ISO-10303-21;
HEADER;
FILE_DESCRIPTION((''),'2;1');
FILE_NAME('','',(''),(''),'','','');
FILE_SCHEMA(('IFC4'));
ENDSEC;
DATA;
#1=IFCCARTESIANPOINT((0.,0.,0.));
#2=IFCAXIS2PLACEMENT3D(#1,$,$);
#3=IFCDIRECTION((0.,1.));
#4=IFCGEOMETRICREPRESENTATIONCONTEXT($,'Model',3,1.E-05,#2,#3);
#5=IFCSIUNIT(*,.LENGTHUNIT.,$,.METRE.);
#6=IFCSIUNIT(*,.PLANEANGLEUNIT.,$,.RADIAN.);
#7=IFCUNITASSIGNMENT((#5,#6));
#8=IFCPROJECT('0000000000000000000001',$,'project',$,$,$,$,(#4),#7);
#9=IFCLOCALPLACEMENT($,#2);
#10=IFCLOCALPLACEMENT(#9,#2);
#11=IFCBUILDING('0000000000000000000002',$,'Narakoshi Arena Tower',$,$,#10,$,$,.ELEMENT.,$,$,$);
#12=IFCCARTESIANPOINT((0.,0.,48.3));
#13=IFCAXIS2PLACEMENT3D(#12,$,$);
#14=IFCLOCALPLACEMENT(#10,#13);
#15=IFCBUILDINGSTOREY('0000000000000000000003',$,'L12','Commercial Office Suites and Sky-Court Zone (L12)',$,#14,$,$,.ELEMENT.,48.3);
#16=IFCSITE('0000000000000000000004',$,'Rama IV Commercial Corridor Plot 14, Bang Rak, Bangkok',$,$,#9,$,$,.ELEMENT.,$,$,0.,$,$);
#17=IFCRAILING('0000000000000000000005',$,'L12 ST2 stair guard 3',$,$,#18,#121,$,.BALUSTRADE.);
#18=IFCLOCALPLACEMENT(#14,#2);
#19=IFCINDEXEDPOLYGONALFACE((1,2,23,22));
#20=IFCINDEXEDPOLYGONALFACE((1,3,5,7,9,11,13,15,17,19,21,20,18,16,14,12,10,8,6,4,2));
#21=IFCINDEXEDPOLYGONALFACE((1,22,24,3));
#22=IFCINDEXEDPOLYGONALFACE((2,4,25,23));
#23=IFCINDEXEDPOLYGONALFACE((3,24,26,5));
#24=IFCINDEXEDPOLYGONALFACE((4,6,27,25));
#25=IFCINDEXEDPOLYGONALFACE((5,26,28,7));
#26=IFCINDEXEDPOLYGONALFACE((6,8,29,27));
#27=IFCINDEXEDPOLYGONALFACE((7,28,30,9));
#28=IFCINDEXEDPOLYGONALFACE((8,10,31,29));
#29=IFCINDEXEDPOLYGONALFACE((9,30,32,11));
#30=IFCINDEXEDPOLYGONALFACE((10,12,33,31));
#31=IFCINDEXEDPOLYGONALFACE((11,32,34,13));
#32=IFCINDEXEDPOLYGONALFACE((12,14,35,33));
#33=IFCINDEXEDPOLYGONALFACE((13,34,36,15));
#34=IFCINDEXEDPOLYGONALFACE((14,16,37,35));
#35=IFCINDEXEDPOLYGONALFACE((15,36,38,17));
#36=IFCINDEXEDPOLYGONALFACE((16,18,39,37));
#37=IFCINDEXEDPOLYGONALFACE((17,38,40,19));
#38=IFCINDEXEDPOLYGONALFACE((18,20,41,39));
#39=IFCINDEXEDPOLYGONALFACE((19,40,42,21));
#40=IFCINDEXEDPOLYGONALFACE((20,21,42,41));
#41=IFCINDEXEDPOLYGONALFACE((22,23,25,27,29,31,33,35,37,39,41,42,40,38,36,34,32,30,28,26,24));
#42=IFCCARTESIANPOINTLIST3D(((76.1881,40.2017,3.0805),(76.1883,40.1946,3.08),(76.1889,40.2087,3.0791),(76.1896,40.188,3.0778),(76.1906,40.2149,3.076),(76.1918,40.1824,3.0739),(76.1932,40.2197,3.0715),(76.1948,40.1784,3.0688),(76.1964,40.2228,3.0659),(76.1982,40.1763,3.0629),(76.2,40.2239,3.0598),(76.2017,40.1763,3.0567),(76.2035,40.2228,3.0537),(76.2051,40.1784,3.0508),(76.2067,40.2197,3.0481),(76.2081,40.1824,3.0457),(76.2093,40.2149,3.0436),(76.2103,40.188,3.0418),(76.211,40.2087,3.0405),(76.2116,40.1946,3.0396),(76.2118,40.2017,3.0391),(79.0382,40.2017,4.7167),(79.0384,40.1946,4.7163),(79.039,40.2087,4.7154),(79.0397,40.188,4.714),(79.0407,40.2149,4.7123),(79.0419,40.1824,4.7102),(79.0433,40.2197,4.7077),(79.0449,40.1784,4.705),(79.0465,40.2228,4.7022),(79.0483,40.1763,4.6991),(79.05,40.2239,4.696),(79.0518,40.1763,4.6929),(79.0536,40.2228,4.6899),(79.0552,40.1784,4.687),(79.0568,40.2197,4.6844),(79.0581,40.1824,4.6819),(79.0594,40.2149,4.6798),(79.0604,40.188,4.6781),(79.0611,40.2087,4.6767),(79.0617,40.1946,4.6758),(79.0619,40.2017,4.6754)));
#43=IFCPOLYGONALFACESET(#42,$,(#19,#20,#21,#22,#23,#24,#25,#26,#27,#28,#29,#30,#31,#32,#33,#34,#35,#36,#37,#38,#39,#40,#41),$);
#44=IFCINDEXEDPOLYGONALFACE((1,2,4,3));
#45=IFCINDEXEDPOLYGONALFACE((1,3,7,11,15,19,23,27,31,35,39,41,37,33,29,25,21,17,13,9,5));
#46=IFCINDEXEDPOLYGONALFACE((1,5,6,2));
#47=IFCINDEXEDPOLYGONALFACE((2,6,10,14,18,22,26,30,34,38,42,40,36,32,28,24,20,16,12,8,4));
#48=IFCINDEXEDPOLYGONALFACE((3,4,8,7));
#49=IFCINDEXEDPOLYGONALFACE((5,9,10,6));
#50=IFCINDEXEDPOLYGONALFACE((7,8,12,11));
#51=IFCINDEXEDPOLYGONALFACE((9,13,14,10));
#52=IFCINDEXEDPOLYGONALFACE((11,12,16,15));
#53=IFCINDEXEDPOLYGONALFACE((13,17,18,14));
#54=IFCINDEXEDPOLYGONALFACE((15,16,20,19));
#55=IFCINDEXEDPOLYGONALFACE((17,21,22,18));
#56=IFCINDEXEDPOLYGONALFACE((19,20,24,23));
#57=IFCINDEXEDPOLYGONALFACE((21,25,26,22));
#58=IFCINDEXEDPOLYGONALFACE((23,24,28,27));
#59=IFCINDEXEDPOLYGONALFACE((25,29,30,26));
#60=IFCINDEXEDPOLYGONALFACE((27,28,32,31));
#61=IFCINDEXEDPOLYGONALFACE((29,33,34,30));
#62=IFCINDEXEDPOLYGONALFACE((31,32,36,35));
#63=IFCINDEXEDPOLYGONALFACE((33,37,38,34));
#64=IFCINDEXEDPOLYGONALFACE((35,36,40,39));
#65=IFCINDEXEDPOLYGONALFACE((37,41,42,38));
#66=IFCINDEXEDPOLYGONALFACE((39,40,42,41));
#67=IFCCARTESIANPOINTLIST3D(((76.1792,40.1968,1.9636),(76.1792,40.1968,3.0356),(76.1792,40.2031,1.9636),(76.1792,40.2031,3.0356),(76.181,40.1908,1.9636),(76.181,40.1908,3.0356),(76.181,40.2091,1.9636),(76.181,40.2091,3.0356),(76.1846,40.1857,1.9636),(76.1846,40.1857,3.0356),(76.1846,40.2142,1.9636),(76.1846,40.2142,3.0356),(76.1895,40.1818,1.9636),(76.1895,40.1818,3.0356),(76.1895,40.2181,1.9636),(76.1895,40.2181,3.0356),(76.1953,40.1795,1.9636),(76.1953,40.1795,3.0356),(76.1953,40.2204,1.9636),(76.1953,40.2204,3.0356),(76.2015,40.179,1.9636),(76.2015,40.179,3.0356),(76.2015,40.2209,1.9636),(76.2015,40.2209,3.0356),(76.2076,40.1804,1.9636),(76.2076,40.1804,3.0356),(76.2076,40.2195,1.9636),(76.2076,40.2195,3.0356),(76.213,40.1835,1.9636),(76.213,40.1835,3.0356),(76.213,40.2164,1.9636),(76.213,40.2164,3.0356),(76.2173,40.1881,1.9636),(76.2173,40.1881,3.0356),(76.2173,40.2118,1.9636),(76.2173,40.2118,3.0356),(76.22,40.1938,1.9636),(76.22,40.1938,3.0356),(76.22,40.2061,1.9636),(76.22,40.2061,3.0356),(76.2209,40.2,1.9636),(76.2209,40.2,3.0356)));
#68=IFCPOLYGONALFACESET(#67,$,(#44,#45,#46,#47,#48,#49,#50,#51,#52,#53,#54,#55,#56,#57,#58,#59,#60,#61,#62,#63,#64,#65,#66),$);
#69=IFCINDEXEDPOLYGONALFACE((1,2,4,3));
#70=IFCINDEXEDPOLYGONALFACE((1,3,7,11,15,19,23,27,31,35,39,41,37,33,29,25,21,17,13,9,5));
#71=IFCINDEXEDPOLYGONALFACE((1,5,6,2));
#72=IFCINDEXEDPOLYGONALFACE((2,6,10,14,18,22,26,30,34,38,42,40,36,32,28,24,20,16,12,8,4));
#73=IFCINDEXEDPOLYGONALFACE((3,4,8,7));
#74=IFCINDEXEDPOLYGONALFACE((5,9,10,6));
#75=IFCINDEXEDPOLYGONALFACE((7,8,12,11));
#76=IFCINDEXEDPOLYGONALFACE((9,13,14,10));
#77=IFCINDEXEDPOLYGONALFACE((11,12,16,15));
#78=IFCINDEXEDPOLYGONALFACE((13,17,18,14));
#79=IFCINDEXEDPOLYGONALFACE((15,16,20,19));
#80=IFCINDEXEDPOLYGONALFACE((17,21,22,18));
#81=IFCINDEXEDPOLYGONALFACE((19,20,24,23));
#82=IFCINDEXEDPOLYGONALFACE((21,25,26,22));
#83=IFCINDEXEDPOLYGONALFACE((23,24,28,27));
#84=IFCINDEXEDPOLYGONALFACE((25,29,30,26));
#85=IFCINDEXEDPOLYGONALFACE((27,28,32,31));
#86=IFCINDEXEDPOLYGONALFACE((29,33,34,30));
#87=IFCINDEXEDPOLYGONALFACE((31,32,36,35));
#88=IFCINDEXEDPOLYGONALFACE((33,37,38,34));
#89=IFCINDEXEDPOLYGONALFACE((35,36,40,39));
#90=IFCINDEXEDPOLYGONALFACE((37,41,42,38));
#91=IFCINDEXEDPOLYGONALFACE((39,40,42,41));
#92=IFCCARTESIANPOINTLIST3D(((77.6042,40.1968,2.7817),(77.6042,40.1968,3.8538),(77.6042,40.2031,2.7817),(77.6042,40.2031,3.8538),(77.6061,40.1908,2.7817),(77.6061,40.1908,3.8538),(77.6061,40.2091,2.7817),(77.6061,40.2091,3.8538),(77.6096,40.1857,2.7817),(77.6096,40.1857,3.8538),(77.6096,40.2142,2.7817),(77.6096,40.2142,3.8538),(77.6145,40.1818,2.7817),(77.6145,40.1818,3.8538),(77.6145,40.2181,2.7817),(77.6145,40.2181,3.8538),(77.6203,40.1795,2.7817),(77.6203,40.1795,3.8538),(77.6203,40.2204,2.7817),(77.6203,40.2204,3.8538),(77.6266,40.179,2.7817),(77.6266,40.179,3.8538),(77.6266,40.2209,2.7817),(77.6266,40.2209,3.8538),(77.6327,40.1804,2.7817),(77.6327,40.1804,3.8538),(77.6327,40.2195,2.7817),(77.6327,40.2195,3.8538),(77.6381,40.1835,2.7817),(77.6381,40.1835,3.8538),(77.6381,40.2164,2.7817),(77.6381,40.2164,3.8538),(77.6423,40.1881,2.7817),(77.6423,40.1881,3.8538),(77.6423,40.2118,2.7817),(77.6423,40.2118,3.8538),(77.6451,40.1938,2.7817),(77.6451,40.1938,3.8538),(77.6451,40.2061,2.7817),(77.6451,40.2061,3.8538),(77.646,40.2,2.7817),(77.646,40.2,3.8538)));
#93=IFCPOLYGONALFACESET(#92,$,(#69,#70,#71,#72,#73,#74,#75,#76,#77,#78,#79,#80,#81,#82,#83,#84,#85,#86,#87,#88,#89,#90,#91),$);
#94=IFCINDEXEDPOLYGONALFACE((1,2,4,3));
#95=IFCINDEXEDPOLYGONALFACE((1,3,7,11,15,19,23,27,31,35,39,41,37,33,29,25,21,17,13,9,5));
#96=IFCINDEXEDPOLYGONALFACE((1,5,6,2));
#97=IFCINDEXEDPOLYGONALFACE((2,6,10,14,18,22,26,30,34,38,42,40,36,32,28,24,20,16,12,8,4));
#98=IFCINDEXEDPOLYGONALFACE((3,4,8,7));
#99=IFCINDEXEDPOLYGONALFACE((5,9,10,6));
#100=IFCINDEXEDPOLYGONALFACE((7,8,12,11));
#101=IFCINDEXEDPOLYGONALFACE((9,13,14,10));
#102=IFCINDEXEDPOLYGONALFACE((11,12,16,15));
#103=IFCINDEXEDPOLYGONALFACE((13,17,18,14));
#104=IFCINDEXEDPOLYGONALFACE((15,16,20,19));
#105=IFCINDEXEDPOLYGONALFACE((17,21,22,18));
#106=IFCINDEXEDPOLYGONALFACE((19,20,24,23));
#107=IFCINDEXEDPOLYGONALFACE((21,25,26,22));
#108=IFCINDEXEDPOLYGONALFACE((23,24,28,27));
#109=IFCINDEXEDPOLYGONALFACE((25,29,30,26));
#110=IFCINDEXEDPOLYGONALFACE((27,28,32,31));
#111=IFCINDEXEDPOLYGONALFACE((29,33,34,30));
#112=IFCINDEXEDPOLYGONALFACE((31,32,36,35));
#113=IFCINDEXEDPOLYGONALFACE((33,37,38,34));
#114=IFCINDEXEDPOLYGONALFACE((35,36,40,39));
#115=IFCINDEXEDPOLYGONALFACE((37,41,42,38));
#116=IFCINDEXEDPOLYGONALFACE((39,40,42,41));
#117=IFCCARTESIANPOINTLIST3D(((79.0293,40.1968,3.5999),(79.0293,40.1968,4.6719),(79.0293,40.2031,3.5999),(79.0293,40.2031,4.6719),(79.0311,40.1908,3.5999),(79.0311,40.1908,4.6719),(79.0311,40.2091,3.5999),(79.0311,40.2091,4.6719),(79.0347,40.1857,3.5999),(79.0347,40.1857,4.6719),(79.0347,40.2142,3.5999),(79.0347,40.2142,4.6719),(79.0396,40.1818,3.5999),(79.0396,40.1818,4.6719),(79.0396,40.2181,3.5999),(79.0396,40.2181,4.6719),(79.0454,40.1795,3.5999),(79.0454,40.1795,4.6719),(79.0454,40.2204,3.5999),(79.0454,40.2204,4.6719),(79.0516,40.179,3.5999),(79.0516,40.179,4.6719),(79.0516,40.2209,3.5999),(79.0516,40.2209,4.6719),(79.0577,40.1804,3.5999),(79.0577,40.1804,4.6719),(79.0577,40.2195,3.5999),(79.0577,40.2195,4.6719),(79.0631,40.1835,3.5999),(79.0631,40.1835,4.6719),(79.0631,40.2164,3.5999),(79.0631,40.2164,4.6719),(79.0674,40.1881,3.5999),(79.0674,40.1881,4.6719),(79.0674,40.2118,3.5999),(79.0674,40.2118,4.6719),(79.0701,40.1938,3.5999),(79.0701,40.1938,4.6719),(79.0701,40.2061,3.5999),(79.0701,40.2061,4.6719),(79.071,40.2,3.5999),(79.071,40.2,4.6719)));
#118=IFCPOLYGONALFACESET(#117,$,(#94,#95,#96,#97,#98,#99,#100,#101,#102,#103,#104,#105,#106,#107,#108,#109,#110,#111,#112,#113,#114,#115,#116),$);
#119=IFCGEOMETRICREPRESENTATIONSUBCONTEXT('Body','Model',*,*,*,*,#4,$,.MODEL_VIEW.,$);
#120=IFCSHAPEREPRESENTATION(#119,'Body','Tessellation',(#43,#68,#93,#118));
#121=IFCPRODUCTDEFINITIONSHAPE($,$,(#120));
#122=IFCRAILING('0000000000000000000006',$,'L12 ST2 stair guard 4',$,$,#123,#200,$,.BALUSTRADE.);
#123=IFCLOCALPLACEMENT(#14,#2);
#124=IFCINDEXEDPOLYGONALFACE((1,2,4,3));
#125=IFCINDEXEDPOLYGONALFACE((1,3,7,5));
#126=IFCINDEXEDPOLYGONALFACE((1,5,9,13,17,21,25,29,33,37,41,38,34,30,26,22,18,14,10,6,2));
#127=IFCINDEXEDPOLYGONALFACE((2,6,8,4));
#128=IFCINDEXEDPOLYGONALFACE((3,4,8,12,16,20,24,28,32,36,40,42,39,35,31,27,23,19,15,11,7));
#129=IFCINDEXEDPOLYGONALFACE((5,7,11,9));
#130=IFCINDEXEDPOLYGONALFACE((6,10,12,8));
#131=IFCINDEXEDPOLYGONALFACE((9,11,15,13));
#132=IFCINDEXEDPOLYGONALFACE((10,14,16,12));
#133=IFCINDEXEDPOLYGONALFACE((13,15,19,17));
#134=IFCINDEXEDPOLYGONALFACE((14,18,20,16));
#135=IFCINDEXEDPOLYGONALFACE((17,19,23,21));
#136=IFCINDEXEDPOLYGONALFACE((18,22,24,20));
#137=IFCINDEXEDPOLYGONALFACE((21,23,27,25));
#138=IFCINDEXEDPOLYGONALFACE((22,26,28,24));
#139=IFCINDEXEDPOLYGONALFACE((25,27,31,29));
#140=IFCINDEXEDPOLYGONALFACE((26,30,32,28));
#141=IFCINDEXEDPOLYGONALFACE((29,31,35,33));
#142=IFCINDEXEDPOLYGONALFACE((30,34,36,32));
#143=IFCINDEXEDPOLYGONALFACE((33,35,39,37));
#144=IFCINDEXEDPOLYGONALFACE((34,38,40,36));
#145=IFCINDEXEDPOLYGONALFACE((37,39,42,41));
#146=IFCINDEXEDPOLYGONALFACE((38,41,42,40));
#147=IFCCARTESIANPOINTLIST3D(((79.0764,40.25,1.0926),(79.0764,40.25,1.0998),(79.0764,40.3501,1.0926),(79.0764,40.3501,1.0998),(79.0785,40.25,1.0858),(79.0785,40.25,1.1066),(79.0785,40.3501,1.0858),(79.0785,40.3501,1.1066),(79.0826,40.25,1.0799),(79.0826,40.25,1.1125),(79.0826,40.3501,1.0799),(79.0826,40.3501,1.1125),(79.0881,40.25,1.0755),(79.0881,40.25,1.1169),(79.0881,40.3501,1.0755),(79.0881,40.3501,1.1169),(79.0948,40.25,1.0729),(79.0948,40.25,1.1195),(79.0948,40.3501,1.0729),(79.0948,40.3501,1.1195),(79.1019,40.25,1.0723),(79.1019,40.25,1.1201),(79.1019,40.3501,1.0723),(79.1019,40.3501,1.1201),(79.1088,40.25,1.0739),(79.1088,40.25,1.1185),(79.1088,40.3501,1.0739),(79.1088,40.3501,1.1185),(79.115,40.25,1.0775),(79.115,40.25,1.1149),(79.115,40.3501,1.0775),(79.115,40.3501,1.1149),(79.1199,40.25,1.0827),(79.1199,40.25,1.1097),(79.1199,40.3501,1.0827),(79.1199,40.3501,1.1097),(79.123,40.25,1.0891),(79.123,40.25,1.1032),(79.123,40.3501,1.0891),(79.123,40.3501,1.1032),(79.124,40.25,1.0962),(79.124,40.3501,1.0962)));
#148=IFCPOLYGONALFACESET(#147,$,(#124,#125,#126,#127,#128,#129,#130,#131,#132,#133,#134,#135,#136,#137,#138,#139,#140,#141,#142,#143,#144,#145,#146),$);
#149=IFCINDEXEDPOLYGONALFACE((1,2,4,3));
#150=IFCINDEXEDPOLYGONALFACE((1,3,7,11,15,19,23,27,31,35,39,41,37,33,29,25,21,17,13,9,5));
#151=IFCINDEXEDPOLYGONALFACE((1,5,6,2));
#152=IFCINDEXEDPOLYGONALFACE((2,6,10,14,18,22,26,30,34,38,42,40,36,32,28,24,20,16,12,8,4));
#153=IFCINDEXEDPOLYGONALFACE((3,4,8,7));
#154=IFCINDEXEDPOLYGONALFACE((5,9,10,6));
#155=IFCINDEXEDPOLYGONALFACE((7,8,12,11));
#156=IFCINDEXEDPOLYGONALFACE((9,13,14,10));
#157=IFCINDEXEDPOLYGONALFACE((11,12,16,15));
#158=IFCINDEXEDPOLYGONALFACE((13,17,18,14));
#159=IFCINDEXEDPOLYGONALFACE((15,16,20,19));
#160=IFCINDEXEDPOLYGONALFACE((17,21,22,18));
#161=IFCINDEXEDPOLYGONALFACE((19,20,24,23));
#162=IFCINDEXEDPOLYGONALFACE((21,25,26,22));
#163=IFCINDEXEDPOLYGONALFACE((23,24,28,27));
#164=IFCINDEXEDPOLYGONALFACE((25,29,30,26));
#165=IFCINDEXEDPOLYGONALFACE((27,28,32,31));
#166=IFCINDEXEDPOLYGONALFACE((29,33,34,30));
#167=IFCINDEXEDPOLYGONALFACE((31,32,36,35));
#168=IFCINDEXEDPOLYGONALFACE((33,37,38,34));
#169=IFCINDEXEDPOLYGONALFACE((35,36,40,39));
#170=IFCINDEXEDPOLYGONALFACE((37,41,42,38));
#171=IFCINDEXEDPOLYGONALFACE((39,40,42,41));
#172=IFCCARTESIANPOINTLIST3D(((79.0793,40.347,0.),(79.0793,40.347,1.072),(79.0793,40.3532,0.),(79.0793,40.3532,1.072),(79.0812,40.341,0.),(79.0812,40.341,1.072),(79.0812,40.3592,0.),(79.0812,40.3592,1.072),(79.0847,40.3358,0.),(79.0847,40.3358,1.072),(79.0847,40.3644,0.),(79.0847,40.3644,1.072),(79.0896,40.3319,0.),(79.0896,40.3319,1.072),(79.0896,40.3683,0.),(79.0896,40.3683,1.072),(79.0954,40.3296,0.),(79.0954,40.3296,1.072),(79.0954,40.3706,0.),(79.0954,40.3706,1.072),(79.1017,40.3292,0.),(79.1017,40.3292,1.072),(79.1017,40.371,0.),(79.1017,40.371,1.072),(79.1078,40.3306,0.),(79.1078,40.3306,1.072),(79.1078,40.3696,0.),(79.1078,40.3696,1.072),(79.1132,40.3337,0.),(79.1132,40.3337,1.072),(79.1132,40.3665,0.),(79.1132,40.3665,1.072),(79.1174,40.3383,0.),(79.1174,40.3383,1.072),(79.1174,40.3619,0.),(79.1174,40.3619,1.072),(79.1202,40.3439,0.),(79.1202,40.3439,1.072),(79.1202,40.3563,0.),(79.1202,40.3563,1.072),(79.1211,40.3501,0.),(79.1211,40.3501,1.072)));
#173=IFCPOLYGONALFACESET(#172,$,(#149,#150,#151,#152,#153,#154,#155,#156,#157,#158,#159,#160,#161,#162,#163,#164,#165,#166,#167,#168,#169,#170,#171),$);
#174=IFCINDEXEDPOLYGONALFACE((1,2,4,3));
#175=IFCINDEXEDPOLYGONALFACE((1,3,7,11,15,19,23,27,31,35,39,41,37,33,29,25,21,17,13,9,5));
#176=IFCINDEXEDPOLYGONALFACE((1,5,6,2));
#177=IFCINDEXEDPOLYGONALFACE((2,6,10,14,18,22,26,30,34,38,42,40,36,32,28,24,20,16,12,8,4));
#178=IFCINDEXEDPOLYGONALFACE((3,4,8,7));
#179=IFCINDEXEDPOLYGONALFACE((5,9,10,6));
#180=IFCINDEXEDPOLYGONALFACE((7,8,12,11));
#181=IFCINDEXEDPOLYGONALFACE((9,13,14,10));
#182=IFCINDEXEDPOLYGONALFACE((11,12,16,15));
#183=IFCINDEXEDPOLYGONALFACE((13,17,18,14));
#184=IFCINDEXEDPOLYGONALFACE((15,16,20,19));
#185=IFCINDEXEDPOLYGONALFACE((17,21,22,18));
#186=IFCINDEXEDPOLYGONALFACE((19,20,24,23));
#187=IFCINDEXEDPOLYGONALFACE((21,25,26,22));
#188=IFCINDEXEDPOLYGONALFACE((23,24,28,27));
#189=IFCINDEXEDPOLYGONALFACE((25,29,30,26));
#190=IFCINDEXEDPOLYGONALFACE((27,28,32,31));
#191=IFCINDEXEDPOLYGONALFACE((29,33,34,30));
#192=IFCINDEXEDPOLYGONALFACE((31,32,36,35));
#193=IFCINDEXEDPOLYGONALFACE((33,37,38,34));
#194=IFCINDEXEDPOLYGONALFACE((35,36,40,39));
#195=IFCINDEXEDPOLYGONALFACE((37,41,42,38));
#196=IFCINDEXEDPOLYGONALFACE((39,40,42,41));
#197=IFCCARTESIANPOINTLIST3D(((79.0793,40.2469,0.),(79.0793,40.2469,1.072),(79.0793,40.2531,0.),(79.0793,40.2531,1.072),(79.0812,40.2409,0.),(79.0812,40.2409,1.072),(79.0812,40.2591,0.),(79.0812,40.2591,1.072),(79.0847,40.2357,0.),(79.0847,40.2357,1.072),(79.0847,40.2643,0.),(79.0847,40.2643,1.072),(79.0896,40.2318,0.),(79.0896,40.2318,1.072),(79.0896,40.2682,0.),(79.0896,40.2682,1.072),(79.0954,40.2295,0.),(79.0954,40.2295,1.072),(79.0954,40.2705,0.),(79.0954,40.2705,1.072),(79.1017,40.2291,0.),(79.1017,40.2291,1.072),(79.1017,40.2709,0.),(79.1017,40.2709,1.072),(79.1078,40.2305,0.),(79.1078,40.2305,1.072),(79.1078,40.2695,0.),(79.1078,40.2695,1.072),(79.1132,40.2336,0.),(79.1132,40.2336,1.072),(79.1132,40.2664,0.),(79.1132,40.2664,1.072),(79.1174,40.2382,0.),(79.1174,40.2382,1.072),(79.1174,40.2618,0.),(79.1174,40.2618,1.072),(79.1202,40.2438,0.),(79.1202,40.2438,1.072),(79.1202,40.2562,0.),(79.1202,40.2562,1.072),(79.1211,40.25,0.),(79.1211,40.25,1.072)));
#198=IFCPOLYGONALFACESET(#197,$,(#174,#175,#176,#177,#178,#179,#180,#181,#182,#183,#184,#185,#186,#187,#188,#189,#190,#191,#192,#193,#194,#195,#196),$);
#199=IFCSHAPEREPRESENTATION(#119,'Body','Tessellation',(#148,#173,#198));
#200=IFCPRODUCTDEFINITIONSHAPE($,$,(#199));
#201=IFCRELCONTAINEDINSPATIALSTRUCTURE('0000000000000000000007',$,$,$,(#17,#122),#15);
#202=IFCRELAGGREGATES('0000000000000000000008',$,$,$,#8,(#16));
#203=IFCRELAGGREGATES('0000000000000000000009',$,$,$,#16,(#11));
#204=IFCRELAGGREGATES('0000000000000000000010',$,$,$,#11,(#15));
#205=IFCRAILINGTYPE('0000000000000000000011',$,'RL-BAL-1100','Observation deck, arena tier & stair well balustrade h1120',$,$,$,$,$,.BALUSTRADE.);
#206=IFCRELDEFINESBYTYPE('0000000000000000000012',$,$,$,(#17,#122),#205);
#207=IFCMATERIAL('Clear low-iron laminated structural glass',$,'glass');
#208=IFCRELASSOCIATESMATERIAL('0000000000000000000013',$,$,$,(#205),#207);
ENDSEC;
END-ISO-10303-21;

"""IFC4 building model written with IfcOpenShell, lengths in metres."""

from ifc_helpers import new_model, si_unit, direction, frame, origin, origin_2d, place, context, subcontext, project, spatial, circle, extrude, material, type_object, element, save


model = new_model("IFC4")

# Units and contexts
model_context = context("Model", 3, precision=1e-05, world=origin(), true_north=direction((0.0, 1.0)))
body_context = subcontext(model_context, "Body", "Model", "MODEL_VIEW")
ifc_project = project(units=[si_unit("LENGTHUNIT", "METRE"), si_unit("PLANEANGLEUNIT", "RADIAN")], contexts=[model_context])

# Site, building, storey
site_placement = place(None, origin())
site = spatial("IfcSite", under=ifc_project, at=site_placement, Name="Rama IV Commercial Corridor Plot 14, Bang Rak, Bangkok", CompositionType="ELEMENT", RefElevation=0.0)
building_placement = place(site_placement, origin())
building = spatial("IfcBuilding", under=site, at=building_placement, Name="Narakoshi Arena Tower", CompositionType="ELEMENT")
storey_placement = place(building_placement, frame((0.0, 0.0, 48.3)))
storey = spatial("IfcBuildingStorey", under=building, at=storey_placement, Name="L12", Description="Commercial Office Suites and Sky-Court Zone (L12)", CompositionType="ELEMENT", Elevation=48.3)

# Railings
ifc_material_1 = material(Name="Clear low-iron laminated structural glass", Category="glass")
railing_type_1 = type_object("IfcRailingType", Name="RL-BAL-1100", Description="Observation deck, arena tier & stair well balustrade h1120", PredefinedType="BALUSTRADE", material=ifc_material_1)
railing_1_placement = place(storey_placement, frame((76.2, 40.2, 1.9636)))
element("IfcRailing", 1, at=railing_1_placement, inside=storey, type_object=railing_type_1, Name="L12 ST2 stair guard 3", PredefinedType="BALUSTRADE", context=body_context, shape_type="SweptSolid", body=[
    extrude(circle(Radius=0.0239, at=origin_2d()), frame((0.0, 0.0, 1.0962), z_axis=(0.867245, 0.0, 0.497882), x_axis=(0.0, 1.0, 0.0)), (0.0, 0.0, 1.0), 3.2864),
    extrude(circle(Radius=0.021, at=origin_2d()), origin(), (0.0, 0.0, 1.0), 1.072),
    extrude(circle(Radius=0.021, at=origin_2d()), frame((1.425, 0.0, 0.8181)), (0.0, 0.0, 1.0), 1.072),
    extrude(circle(Radius=0.021, at=origin_2d()), frame((2.8501, 0.0, 1.6362)), (0.0, 0.0, 1.0), 1.072),
])
railing_2_placement = place(storey_placement, frame((79.1001, 40.3501, 0.0)))
element("IfcRailing", 2, at=railing_2_placement, inside=storey, type_object=railing_type_1, Name="L12 ST2 stair guard 4", PredefinedType="BALUSTRADE", context=body_context, shape_type="SweptSolid", body=[
    extrude(circle(Radius=0.0239, at=origin_2d()), frame((0.0, 0.0, 1.0962), z_axis=(0.0, -1.0, 0.0), x_axis=(1.0, 0.0, 0.0)), (0.0, 0.0, 1.0), 0.1001),
    extrude(circle(Radius=0.021, at=origin_2d()), origin(), (0.0, 0.0, 1.0), 1.072),
    extrude(circle(Radius=0.021, at=origin_2d()), frame((0.0, -0.1001, 0.0)), (0.0, 0.0, 1.0), 1.072),
])

save(model, "model.ifc")
